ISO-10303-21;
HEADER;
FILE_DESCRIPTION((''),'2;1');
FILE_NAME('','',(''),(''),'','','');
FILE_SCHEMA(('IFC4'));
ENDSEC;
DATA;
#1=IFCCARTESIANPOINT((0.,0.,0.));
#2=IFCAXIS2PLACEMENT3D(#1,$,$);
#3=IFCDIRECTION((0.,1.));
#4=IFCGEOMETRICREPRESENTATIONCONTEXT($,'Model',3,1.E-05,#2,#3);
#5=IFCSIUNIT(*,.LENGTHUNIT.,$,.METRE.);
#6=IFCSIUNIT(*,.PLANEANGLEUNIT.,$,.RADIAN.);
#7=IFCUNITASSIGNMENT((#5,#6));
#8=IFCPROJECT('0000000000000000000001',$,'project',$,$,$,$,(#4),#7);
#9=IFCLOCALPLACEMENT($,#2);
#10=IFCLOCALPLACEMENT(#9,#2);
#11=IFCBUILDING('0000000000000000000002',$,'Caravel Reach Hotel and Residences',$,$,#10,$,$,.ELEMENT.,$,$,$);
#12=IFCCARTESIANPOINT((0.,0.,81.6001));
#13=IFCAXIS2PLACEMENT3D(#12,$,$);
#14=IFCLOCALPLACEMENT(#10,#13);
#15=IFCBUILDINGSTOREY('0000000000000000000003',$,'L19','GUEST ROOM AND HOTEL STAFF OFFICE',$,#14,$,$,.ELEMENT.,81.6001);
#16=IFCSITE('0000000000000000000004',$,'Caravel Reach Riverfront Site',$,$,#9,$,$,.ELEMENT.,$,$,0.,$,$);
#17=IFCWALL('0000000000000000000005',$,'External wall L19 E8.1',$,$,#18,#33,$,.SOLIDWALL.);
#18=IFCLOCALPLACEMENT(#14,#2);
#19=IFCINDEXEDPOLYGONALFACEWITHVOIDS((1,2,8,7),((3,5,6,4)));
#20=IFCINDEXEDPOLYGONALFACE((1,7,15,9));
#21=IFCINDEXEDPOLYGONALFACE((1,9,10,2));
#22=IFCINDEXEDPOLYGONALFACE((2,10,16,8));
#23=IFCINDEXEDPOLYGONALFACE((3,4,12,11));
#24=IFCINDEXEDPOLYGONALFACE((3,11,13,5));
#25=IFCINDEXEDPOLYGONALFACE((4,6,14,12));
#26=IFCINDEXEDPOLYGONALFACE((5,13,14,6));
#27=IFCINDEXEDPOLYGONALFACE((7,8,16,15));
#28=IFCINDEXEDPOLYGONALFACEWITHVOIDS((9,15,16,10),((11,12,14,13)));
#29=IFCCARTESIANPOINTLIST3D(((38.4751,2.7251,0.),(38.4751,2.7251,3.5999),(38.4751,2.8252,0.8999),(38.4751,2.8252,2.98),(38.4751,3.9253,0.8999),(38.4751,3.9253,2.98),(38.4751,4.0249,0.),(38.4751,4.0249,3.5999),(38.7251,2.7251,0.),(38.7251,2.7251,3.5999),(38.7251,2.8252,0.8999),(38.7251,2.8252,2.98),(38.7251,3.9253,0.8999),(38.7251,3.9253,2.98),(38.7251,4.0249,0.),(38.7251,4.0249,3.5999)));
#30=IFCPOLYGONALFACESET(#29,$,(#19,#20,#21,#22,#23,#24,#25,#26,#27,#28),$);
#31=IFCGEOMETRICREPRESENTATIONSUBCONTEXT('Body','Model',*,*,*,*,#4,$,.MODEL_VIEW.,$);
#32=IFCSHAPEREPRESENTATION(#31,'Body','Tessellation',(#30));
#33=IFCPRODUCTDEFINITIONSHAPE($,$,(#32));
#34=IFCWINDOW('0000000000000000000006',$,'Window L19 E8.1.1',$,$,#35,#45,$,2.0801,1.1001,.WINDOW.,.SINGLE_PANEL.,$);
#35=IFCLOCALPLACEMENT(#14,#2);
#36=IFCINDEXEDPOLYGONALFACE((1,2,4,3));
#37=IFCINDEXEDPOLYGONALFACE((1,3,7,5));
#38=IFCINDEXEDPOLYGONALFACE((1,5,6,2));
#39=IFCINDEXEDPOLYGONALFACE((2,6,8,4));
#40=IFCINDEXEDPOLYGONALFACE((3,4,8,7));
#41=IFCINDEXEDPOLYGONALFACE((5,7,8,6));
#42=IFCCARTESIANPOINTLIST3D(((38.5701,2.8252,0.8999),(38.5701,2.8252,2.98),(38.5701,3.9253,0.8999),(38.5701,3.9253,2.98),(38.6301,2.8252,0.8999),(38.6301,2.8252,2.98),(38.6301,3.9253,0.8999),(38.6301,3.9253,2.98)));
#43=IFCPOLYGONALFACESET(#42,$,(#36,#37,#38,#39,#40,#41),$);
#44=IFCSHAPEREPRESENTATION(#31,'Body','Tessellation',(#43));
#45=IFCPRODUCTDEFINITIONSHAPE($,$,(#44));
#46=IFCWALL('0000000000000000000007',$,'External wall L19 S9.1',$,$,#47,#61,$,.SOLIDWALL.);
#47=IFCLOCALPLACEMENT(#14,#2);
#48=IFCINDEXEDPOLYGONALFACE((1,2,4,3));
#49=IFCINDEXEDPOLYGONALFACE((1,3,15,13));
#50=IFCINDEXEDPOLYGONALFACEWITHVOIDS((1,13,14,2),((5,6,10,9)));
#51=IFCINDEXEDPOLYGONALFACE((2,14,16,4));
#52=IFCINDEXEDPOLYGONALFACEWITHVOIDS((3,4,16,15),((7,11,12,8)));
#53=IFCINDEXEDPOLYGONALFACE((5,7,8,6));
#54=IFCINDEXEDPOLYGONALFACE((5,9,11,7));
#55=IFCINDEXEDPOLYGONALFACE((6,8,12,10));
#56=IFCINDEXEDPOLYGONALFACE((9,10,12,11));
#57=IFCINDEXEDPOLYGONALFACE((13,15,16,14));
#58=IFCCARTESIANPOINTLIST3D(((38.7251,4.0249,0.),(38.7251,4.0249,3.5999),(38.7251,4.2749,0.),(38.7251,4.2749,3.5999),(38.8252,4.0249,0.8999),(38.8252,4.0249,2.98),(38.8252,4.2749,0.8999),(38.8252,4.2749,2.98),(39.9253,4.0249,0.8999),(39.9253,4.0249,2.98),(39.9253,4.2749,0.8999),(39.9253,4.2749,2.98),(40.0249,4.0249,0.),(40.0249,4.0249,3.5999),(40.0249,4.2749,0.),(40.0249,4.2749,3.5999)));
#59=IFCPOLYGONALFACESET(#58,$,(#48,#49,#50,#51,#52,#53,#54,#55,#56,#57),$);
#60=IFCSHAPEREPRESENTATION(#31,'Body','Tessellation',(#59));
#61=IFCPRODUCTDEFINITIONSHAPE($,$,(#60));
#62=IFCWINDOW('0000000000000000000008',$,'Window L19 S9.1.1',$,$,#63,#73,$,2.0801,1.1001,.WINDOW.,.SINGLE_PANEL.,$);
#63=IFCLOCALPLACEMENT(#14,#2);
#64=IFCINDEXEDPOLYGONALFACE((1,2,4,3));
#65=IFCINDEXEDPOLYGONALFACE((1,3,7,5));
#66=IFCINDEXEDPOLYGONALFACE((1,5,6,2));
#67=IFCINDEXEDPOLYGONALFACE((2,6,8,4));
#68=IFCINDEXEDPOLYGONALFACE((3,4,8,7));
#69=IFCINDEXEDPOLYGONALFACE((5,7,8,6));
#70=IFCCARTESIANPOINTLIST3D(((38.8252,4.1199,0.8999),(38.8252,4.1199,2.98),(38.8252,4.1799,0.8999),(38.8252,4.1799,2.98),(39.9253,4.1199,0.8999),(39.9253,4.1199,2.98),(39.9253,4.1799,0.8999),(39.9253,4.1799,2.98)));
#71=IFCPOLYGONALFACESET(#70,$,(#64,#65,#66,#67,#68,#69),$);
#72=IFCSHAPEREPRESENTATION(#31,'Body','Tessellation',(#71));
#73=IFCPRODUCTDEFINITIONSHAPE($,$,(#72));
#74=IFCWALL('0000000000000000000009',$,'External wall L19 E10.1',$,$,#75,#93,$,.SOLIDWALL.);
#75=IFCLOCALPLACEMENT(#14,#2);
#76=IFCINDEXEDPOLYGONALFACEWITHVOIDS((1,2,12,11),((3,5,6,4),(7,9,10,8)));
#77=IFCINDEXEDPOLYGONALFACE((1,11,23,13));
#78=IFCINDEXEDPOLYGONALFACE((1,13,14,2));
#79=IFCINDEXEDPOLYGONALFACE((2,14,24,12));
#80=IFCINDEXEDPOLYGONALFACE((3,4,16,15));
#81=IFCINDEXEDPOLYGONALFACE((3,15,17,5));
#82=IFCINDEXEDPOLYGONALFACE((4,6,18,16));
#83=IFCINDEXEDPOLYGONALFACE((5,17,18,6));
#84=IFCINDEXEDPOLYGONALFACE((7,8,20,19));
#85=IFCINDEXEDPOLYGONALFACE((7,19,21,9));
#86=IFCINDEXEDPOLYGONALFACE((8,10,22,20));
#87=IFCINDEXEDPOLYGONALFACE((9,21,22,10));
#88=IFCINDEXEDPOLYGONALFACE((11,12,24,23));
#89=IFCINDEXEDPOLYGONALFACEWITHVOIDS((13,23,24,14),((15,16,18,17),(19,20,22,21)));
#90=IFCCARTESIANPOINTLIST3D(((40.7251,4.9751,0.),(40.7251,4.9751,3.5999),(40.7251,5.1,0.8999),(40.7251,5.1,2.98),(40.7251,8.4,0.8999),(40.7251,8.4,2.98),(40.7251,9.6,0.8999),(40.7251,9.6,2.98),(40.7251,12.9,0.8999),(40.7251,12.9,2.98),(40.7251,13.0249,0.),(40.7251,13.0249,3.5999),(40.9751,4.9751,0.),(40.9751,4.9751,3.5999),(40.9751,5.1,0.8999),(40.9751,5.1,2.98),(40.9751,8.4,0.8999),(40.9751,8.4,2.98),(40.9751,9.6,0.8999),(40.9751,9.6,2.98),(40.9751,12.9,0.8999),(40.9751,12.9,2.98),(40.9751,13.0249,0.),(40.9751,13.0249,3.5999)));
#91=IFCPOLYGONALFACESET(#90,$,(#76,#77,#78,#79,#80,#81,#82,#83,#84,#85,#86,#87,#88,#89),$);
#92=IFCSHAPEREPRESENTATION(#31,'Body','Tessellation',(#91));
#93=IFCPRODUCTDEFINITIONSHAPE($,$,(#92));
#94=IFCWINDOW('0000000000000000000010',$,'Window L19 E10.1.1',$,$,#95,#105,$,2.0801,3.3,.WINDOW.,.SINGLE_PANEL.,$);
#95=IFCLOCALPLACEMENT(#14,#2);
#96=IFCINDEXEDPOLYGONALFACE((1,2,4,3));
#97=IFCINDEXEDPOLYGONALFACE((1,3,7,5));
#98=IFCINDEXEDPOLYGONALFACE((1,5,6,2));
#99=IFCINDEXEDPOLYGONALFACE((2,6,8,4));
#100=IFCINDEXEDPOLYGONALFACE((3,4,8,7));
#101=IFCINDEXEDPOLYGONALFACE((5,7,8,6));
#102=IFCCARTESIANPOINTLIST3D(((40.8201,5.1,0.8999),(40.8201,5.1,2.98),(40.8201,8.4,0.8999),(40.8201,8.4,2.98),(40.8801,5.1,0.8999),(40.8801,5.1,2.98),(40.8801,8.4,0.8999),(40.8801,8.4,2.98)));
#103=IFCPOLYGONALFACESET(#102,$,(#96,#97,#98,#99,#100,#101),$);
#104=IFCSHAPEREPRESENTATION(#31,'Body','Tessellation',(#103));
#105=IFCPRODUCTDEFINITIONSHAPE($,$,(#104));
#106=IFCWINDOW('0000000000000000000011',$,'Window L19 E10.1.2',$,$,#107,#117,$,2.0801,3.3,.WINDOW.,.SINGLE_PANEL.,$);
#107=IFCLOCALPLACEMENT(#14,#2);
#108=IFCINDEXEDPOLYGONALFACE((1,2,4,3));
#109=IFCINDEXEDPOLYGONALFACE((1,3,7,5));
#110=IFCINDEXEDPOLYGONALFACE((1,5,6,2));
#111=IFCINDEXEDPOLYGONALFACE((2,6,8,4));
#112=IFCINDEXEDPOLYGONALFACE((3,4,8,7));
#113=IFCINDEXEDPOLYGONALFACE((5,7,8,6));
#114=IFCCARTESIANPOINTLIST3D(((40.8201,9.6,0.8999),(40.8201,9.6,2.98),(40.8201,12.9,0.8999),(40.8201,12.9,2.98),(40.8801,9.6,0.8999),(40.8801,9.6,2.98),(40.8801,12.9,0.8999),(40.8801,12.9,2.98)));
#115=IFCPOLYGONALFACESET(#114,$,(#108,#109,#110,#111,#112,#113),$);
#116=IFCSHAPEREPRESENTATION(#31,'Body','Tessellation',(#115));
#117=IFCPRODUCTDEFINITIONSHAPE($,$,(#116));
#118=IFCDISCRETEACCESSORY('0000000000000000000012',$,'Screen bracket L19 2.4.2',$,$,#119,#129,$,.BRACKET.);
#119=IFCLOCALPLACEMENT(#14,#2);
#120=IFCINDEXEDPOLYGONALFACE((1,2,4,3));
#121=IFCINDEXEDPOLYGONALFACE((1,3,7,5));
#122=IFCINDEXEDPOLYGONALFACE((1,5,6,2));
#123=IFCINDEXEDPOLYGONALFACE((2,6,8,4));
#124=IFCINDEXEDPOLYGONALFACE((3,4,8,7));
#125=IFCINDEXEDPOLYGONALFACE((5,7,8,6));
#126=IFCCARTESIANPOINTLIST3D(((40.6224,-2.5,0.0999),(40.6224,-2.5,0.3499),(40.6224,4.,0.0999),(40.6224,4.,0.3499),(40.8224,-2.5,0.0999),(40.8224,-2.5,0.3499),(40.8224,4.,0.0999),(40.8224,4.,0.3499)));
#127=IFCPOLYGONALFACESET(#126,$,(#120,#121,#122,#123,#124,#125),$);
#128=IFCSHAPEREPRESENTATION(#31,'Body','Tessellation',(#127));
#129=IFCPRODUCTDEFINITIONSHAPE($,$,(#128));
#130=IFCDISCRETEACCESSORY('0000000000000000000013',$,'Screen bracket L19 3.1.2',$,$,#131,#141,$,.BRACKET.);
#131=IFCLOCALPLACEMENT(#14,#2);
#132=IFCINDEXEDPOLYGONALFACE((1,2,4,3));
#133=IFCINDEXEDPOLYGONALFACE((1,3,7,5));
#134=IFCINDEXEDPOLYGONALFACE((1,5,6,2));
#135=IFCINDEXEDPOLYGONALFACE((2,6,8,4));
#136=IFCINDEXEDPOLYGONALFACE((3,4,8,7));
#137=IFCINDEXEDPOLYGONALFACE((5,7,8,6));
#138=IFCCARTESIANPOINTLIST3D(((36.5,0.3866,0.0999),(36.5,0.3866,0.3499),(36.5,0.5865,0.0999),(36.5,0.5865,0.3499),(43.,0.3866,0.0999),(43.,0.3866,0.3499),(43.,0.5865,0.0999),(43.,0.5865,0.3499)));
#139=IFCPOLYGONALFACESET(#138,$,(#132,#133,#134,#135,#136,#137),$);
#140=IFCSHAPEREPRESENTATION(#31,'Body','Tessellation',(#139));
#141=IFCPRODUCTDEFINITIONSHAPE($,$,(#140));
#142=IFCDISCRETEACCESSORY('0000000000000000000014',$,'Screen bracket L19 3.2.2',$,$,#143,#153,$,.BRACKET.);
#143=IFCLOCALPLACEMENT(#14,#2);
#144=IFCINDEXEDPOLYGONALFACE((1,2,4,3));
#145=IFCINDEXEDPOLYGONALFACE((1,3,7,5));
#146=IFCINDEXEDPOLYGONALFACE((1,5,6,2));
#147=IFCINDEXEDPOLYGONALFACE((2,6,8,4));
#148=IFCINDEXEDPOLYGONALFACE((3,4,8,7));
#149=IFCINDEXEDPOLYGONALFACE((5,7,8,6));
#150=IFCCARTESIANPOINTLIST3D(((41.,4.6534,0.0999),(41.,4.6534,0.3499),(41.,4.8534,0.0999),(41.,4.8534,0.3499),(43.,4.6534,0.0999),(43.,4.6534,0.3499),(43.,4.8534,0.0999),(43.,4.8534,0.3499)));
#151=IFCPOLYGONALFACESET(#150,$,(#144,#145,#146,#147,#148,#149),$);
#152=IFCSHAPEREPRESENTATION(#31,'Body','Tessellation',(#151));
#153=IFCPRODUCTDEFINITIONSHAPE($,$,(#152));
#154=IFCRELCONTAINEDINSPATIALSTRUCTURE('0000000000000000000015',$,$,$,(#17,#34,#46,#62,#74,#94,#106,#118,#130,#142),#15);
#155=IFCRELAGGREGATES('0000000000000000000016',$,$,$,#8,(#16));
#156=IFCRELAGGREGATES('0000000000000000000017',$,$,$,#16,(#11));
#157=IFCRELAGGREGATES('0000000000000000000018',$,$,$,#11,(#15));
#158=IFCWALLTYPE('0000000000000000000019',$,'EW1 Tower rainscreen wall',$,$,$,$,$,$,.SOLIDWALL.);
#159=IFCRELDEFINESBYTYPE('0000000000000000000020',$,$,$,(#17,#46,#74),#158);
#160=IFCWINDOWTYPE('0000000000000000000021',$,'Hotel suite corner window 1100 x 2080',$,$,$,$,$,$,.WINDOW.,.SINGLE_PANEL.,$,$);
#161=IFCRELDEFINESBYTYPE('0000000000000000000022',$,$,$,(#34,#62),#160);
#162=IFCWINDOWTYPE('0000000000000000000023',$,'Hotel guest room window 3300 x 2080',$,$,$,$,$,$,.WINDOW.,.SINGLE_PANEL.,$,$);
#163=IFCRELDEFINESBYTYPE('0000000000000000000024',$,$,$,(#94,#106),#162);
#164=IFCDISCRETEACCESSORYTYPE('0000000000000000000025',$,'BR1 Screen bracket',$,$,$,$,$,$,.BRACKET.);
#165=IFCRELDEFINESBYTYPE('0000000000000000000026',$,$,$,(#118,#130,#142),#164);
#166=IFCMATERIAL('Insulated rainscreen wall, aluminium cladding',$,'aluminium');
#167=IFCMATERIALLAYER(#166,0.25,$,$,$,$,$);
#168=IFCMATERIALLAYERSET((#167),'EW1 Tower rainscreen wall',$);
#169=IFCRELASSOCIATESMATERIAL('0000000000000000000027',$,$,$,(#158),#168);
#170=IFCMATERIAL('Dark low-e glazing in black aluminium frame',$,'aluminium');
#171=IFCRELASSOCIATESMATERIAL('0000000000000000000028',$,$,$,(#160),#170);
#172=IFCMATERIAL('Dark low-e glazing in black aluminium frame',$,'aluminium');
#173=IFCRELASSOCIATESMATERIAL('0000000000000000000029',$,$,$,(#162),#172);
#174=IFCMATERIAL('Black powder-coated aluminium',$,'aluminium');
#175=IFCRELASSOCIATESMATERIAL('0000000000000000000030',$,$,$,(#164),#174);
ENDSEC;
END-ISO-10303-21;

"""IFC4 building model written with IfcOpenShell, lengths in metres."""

from ifc_helpers import new_model, si_unit, direction, frame, frame_2d, origin, origin_2d, place, context, subcontext, project, spatial, rectangle, extrude, material, layer, layer_set, type_object, element, fill, save


model = new_model("IFC4")

# Units and contexts
model_context = context("Model", 3, precision=1e-05, world=origin(), true_north=direction((0.0, 1.0)))
body_context = subcontext(model_context, "Body", "Model", "MODEL_VIEW")
ifc_project = project(units=[si_unit("LENGTHUNIT", "METRE"), si_unit("PLANEANGLEUNIT", "RADIAN")], contexts=[model_context])

# Site, building, storey
site_placement = place(None, origin())
site = spatial("IfcSite", under=ifc_project, at=site_placement, Name="Caravel Reach Riverfront Site", CompositionType="ELEMENT", RefElevation=0.0)
building_placement = place(site_placement, origin())
building = spatial("IfcBuilding", under=site, at=building_placement, Name="Caravel Reach Hotel and Residences", CompositionType="ELEMENT")
storey_placement = place(building_placement, frame((0.0, 0.0, 81.6001)))
storey = spatial("IfcBuildingStorey", under=building, at=storey_placement, Name="L19", Description="GUEST ROOM AND HOTEL STAFF OFFICE", CompositionType="ELEMENT", Elevation=81.6001)

# Walls, openings, windows
ifc_material_1 = material(Name="Insulated rainscreen wall, aluminium cladding", Category="aluminium")
ifc_layer = layer(ifc_material_1, 0.25)
ifc_layer_set = layer_set([ifc_layer], Name="EW1 Tower rainscreen wall")
wall_type = type_object("IfcWallType", Name="EW1 Tower rainscreen wall", PredefinedType="SOLIDWALL", material=ifc_layer_set)
wall_1_placement = place(storey_placement, frame((38.6001, 2.7251, 0.0), z_axis=(0.0, 0.0, 1.0), x_axis=(0.0, 1.0, 0.0)))
wall_1 = element("IfcWall", 1, at=wall_1_placement, inside=storey, type_object=wall_type, Name="External wall L19 E8.1", PredefinedType="SOLIDWALL", context=body_context, shape_type="SweptSolid", body=[
    extrude(rectangle(XDim=1.2998, YDim=0.25, at=frame_2d((0.6499, 0.0))), origin(), (0.0, 0.0, 1.0), 3.5999),
])
opening_1_placement = place(wall_1_placement, frame((0.1001, 0.0, 0.8999)))
opening_1 = element("IfcOpeningElement", 2, at=opening_1_placement, cuts=wall_1, PredefinedType="OPENING", context=body_context, shape_type="SweptSolid", body=[
    extrude(rectangle(XDim=1.1001, YDim=2.0801, at=frame_2d((0.55, 1.04))), frame((0.0, 0.135, 0.0), z_axis=(0.0, -1.0, 0.0), x_axis=(1.0, 0.0, 0.0)), (0.0, 0.0, 1.0), 0.27),
])
ifc_material_2 = material(Name="Dark low-e glazing in black aluminium frame", Category="aluminium")
window_type_1 = type_object("IfcWindowType", Name="Hotel suite corner window 1100 x 2080", PartitioningType="SINGLE_PANEL", PredefinedType="WINDOW", material=ifc_material_2)
window_1_placement = place(opening_1_placement, origin())
window_1 = element("IfcWindow", 3, at=window_1_placement, inside=storey, type_object=window_type_1, Name="Window L19 E8.1.1", OverallHeight=2.0801, OverallWidth=1.1001, PartitioningType="SINGLE_PANEL", PredefinedType="WINDOW", context=body_context, shape_type="SweptSolid", body=[
    extrude(rectangle(XDim=1.1001, YDim=2.0801, at=frame_2d((0.55, 1.04))), frame((0.0, 0.03, 0.0), z_axis=(0.0, -1.0, 0.0), x_axis=(1.0, 0.0, 0.0)), (0.0, 0.0, 1.0), 0.0601),
])
fill(opening_1, window_1)
wall_2_placement = place(storey_placement, frame((38.7251, 4.1499, 0.0), z_axis=(0.0, 0.0, 1.0), x_axis=(1.0, 0.0, 0.0)))
wall_2 = element("IfcWall", 4, at=wall_2_placement, inside=storey, type_object=wall_type, Name="External wall L19 S9.1", PredefinedType="SOLIDWALL", context=body_context, shape_type="SweptSolid", body=[
    extrude(rectangle(XDim=1.2998, YDim=0.25, at=frame_2d((0.6499, 0.0))), origin(), (0.0, 0.0, 1.0), 3.5999),
])
opening_2_placement = place(wall_2_placement, frame((0.1001, 0.0, 0.8999)))
opening_2 = element("IfcOpeningElement", 5, at=opening_2_placement, cuts=wall_2, PredefinedType="OPENING", context=body_context, shape_type="SweptSolid", body=[
    extrude(rectangle(XDim=1.1001, YDim=2.0801, at=frame_2d((0.55, 1.04))), frame((0.0, 0.135, 0.0), z_axis=(0.0, -1.0, 0.0), x_axis=(1.0, 0.0, 0.0)), (0.0, 0.0, 1.0), 0.27),
])
window_2_placement = place(opening_2_placement, origin())
window_2 = element("IfcWindow", 6, at=window_2_placement, inside=storey, type_object=window_type_1, Name="Window L19 S9.1.1", OverallHeight=2.0801, OverallWidth=1.1001, PartitioningType="SINGLE_PANEL", PredefinedType="WINDOW", context=body_context, shape_type="SweptSolid", body=[
    extrude(rectangle(XDim=1.1001, YDim=2.0801, at=frame_2d((0.55, 1.04))), frame((0.0, 0.03, 0.0), z_axis=(0.0, -1.0, 0.0), x_axis=(1.0, 0.0, 0.0)), (0.0, 0.0, 1.0), 0.0601),
])
fill(opening_2, window_2)

# Wall, openings, windows
wall_3_placement = place(storey_placement, frame((40.8501, 4.9751, 0.0), z_axis=(0.0, 0.0, 1.0), x_axis=(0.0, 1.0, 0.0)))
wall_3 = element("IfcWall", 7, at=wall_3_placement, inside=storey, type_object=wall_type, Name="External wall L19 E10.1", PredefinedType="SOLIDWALL", context=body_context, shape_type="SweptSolid", body=[
    extrude(rectangle(XDim=8.0498, YDim=0.25, at=frame_2d((4.0249, 0.0))), origin(), (0.0, 0.0, 1.0), 3.5999),
])
opening_3_placement = place(wall_3_placement, frame((0.125, 0.0, 0.8999)))
opening_3 = element("IfcOpeningElement", 8, at=opening_3_placement, cuts=wall_3, PredefinedType="OPENING", context=body_context, shape_type="SweptSolid", body=[
    extrude(rectangle(XDim=3.3, YDim=2.0801, at=frame_2d((1.6499, 1.04))), frame((0.0, 0.135, 0.0), z_axis=(0.0, -1.0, 0.0), x_axis=(1.0, 0.0, 0.0)), (0.0, 0.0, 1.0), 0.27),
])
opening_4_placement = place(wall_3_placement, frame((4.625, 0.0, 0.8999)))
opening_4 = element("IfcOpeningElement", 9, at=opening_4_placement, cuts=wall_3, PredefinedType="OPENING", context=body_context, shape_type="SweptSolid", body=[
    extrude(rectangle(XDim=3.3, YDim=2.0801, at=frame_2d((1.6499, 1.04))), frame((0.0, 0.135, 0.0), z_axis=(0.0, -1.0, 0.0), x_axis=(1.0, 0.0, 0.0)), (0.0, 0.0, 1.0), 0.27),
])
ifc_material_3 = material(Name="Dark low-e glazing in black aluminium frame", Category="aluminium")
window_type_2 = type_object("IfcWindowType", Name="Hotel guest room window 3300 x 2080", PartitioningType="SINGLE_PANEL", PredefinedType="WINDOW", material=ifc_material_3)
window_3_placement = place(opening_3_placement, origin())
window_3 = element("IfcWindow", 10, at=window_3_placement, inside=storey, type_object=window_type_2, Name="Window L19 E10.1.1", OverallHeight=2.0801, OverallWidth=3.3, PartitioningType="SINGLE_PANEL", PredefinedType="WINDOW", context=body_context, shape_type="SweptSolid", body=[
    extrude(rectangle(XDim=3.3, YDim=2.0801, at=frame_2d((1.6499, 1.04))), frame((0.0, 0.03, 0.0), z_axis=(0.0, -1.0, 0.0), x_axis=(1.0, 0.0, 0.0)), (0.0, 0.0, 1.0), 0.0601),
])
fill(opening_3, window_3)
window_4_placement = place(opening_4_placement, origin())
window_4 = element("IfcWindow", 11, at=window_4_placement, inside=storey, type_object=window_type_2, Name="Window L19 E10.1.2", OverallHeight=2.0801, OverallWidth=3.3, PartitioningType="SINGLE_PANEL", PredefinedType="WINDOW", context=body_context, shape_type="SweptSolid", body=[
    extrude(rectangle(XDim=3.3, YDim=2.0801, at=frame_2d((1.6499, 1.04))), frame((0.0, 0.03, 0.0), z_axis=(0.0, -1.0, 0.0), x_axis=(1.0, 0.0, 0.0)), (0.0, 0.0, 1.0), 0.0601),
])
fill(opening_4, window_4)

# Discrete accessories
ifc_material_4 = material(Name="Black powder-coated aluminium", Category="aluminium")
discrete_accessory_type = type_object("IfcDiscreteAccessoryType", Name="BR1 Screen bracket", PredefinedType="BRACKET", material=ifc_material_4)
for number, where, z_axis, x_axis, name in (
    (12, (40.7224, 0.75, 0.0999), (0.0, 0.0, 1.0), (0.0, -1.0, 0.0), "Screen bracket L19 2.4.2"),
    (13, (39.75, 0.4866, 0.0999), (0.0, 0.0, 1.0), (1.0, 0.0, 0.0), "Screen bracket L19 3.1.2"),
):
    element("IfcDiscreteAccessory", number, at=place(storey_placement, frame(where, z_axis=z_axis, x_axis=x_axis)), inside=storey, type_object=discrete_accessory_type, Name=name, PredefinedType="BRACKET", context=body_context, shape_type="SweptSolid", body=[
        extrude(rectangle(XDim=6.5, YDim=0.2, at=origin_2d()), origin(), (0.0, 0.0, 1.0), 0.25),
    ])
discrete_accessory_placement = place(storey_placement, frame((42.0, 4.7534, 0.0999), z_axis=(0.0, 0.0, 1.0), x_axis=(1.0, 0.0, 0.0)))
element("IfcDiscreteAccessory", 14, at=discrete_accessory_placement, inside=storey, type_object=discrete_accessory_type, Name="Screen bracket L19 3.2.2", PredefinedType="BRACKET", context=body_context, shape_type="SweptSolid", body=[
    extrude(rectangle(XDim=2.0, YDim=0.2, at=origin_2d()), origin(), (0.0, 0.0, 1.0), 0.25),
])

save(model, "model.ifc")
